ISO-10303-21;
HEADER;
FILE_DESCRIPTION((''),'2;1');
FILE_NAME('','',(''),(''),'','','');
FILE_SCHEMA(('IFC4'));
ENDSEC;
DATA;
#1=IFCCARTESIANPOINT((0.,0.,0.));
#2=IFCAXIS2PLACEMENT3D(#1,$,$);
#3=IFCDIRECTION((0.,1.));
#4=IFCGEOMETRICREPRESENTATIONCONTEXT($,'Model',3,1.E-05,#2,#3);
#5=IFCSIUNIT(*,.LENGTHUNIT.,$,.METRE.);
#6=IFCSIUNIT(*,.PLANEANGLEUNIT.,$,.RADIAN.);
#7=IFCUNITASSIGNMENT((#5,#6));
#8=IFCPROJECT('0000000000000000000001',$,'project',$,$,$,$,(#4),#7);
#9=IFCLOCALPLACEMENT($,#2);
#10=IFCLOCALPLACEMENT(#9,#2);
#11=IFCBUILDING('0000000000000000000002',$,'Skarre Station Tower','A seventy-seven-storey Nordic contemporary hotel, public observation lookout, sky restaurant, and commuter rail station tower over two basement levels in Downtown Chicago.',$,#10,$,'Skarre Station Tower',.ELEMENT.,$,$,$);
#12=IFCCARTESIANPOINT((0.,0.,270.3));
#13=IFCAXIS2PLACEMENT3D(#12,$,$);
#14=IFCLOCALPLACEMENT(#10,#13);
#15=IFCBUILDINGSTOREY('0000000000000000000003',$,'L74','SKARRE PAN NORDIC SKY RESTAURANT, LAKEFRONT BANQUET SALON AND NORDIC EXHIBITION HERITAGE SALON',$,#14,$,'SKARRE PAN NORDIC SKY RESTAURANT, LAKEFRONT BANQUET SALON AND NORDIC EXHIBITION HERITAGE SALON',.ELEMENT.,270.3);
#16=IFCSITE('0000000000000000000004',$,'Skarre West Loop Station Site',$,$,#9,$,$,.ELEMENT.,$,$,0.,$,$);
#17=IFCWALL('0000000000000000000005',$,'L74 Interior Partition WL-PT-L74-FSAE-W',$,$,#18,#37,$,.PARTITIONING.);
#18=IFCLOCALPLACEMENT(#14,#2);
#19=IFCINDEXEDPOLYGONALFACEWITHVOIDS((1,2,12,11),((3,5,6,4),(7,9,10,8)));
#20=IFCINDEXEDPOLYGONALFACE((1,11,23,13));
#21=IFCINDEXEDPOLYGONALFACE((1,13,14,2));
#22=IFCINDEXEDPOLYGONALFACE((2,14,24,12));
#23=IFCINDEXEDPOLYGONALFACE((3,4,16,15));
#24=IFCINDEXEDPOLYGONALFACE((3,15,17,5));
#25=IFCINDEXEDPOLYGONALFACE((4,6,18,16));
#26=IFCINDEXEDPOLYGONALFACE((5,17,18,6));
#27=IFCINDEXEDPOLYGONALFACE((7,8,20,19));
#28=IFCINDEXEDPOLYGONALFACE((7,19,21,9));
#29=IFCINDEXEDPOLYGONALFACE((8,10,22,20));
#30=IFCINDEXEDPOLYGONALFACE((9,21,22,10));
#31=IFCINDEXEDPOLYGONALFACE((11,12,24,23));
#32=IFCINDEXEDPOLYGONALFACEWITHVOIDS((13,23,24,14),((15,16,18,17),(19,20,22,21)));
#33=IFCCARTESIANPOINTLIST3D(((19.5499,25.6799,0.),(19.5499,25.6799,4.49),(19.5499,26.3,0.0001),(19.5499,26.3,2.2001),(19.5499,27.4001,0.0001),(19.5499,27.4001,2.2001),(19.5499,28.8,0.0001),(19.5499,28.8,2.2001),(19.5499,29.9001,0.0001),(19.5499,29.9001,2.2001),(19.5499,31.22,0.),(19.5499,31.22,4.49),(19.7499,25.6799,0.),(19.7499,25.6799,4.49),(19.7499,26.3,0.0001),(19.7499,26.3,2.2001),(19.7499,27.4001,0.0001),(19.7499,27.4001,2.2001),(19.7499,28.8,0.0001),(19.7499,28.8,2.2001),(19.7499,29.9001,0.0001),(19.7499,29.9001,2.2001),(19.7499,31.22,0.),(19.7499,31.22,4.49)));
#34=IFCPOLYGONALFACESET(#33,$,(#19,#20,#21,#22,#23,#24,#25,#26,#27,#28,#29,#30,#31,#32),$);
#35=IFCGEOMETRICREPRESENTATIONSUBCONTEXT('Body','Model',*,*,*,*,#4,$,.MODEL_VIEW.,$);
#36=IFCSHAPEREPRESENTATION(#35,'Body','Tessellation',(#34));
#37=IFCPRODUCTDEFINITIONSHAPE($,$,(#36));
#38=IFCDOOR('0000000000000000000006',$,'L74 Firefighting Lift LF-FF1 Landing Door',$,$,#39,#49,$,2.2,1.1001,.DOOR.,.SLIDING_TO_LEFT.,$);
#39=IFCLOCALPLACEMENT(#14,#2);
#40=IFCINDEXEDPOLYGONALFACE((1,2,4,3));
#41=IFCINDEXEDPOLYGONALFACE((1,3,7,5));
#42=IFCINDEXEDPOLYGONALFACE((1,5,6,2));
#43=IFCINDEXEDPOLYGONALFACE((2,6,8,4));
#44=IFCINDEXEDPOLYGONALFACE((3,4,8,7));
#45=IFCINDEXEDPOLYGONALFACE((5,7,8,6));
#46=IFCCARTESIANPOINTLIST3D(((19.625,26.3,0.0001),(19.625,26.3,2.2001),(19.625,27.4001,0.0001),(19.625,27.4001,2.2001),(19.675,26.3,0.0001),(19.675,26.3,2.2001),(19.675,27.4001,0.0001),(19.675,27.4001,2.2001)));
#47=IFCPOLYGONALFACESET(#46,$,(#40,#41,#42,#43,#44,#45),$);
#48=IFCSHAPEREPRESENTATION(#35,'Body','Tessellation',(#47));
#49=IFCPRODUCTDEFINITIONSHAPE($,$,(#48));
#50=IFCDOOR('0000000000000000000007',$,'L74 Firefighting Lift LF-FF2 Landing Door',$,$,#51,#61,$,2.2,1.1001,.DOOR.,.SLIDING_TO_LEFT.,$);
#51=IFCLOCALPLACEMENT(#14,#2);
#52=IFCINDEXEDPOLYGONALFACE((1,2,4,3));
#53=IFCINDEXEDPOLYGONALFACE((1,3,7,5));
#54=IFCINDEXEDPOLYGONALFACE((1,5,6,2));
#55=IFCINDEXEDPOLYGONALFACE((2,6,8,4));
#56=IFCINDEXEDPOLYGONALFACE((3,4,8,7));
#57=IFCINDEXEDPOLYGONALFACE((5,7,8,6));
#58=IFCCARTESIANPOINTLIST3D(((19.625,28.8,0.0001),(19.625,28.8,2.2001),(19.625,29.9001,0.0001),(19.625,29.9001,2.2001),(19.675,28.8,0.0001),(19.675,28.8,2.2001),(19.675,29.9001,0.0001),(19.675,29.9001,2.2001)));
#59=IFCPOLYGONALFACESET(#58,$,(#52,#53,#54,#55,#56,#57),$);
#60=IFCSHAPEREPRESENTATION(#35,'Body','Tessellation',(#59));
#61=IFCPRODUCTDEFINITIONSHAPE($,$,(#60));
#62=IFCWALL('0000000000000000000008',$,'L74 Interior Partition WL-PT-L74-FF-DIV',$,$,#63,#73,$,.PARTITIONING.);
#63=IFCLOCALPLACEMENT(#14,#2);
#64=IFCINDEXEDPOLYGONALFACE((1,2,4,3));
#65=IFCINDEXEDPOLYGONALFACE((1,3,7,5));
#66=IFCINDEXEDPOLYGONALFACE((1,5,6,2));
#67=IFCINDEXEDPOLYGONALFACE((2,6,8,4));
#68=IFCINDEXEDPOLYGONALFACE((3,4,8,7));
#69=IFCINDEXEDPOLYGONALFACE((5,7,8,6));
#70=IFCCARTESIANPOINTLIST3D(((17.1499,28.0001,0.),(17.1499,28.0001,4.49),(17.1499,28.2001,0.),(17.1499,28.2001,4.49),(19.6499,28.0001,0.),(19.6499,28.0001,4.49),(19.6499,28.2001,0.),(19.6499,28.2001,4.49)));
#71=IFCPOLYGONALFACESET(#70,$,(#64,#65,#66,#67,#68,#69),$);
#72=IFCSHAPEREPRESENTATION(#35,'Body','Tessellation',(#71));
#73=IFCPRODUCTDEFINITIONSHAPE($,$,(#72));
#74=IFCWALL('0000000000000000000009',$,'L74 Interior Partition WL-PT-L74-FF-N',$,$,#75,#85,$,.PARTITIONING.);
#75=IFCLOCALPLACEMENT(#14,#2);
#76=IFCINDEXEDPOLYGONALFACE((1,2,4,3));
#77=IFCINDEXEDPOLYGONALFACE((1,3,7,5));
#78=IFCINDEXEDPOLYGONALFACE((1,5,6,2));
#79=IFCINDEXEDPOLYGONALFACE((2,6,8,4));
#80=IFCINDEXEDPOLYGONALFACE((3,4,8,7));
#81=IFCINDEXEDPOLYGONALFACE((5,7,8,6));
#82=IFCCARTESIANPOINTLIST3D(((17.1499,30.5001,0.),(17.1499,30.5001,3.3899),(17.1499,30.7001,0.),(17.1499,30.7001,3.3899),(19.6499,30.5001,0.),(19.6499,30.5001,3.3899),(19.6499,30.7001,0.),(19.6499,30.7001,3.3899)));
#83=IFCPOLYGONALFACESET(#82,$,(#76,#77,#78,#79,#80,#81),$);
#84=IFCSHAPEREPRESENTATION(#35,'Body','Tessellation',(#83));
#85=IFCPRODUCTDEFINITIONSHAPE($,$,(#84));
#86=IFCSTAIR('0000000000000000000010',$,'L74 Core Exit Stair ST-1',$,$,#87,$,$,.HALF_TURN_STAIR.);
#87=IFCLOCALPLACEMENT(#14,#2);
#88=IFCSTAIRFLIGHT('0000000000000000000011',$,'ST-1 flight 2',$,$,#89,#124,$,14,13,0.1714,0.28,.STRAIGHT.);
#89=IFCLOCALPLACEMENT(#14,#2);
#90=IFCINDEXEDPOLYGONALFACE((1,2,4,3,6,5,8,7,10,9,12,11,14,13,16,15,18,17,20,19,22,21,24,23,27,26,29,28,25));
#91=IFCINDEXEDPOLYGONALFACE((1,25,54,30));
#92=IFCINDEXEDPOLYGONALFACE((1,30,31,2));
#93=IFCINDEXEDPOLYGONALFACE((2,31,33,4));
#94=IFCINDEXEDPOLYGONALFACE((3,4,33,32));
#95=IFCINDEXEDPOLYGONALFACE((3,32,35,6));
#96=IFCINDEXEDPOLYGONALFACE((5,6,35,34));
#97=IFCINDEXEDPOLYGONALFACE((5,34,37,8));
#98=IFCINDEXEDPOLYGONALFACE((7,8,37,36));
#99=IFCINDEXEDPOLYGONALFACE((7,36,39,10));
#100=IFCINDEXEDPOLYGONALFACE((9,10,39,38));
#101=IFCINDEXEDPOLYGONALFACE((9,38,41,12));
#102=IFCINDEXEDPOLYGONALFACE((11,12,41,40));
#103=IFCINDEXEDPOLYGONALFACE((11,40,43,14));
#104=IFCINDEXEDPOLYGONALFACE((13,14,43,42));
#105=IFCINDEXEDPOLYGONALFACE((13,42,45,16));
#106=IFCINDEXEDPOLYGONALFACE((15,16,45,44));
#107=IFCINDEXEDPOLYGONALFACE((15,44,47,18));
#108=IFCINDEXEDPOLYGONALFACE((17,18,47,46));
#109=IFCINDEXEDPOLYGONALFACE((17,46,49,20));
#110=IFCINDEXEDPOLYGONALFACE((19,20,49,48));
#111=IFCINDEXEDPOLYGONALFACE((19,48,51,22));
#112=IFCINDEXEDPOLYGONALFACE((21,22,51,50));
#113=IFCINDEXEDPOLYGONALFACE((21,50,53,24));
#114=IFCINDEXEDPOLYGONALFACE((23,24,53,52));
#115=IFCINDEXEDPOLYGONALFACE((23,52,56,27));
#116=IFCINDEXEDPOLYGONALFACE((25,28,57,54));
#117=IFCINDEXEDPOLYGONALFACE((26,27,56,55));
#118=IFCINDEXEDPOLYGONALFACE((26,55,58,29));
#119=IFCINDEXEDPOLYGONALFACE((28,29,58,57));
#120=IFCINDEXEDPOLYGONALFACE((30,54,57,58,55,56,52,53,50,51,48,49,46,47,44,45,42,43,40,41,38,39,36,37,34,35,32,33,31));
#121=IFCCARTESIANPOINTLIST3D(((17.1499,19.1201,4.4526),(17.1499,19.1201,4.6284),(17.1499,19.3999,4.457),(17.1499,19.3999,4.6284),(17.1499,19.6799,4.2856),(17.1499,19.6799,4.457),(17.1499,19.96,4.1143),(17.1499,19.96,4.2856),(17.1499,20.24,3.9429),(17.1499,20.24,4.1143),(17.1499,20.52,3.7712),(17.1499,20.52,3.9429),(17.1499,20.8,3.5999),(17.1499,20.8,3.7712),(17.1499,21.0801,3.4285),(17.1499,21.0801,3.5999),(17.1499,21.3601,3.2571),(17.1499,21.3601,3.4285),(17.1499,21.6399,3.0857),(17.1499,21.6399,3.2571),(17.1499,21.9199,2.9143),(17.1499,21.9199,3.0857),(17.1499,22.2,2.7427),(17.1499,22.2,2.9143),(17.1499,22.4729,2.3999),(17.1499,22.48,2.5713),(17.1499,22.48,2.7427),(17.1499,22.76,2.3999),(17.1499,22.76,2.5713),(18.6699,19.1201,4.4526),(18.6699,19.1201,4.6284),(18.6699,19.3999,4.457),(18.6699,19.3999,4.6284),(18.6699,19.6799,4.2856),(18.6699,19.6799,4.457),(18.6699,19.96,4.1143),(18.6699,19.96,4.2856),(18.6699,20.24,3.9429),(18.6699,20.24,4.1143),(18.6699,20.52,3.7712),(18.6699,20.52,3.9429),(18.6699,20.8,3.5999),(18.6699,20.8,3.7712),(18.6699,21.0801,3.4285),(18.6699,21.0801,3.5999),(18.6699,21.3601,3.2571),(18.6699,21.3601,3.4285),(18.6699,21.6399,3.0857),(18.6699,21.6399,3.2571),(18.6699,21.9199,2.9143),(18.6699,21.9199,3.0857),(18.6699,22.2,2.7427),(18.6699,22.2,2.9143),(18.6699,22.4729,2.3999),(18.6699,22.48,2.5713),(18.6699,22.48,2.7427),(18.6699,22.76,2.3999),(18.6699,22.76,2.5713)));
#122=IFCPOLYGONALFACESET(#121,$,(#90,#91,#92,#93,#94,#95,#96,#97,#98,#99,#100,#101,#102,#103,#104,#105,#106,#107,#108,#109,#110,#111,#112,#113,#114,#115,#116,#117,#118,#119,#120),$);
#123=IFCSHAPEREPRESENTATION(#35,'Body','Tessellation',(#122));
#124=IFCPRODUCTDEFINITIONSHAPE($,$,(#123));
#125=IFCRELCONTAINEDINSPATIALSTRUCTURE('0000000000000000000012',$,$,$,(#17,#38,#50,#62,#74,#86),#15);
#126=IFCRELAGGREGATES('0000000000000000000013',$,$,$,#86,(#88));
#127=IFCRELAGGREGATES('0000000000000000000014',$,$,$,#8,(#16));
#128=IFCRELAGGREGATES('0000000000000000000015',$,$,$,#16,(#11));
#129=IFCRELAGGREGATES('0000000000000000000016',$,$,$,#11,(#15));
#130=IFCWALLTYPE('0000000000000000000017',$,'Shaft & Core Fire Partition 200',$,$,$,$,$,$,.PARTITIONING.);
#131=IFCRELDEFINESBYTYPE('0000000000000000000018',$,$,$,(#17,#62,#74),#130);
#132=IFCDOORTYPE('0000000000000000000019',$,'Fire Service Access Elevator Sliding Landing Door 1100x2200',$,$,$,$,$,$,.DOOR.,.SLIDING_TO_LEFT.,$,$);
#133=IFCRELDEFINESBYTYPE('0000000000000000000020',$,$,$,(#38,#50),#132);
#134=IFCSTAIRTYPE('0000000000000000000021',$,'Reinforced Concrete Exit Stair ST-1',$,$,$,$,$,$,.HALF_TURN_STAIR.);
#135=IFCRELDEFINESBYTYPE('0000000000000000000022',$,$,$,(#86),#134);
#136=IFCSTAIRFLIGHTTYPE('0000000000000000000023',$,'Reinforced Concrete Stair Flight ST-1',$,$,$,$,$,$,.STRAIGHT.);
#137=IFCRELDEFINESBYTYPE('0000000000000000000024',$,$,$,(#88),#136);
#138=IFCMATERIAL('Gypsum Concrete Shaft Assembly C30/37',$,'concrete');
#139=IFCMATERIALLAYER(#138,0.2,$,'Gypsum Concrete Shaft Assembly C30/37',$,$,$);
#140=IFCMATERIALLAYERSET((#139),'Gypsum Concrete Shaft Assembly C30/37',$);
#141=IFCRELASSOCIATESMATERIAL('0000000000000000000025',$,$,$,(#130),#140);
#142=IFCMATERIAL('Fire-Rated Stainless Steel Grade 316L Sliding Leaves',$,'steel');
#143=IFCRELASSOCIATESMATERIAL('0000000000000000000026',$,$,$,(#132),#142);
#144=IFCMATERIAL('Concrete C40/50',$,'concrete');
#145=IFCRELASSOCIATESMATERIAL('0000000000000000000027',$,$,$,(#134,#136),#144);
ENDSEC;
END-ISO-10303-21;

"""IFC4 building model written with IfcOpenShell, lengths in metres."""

from ifc_helpers import new_model, si_unit, direction, frame, frame_2d, origin, place, context, subcontext, project, spatial, polyline, rectangle, outline, extrude, material, layer, layer_set, type_object, element, fill, aggregate, save


model = new_model("IFC4")

# Units and contexts
model_context = context("Model", 3, precision=1e-05, world=origin(), true_north=direction((0.0, 1.0)))
body_context = subcontext(model_context, "Body", "Model", "MODEL_VIEW")
ifc_project = project(units=[si_unit("LENGTHUNIT", "METRE"), si_unit("PLANEANGLEUNIT", "RADIAN")], contexts=[model_context])

# Site, building, storey
site_placement = place(None, origin())
site = spatial("IfcSite", under=ifc_project, at=site_placement, Name="Skarre West Loop Station Site", CompositionType="ELEMENT", RefElevation=0.0)
building_placement = place(site_placement, origin())
building = spatial("IfcBuilding", under=site, at=building_placement, Name="Skarre Station Tower", Description="A seventy-seven-storey Nordic contemporary hotel, public observation lookout, sky restaurant, and commuter rail station tower over two basement levels in Downtown Chicago.", LongName="Skarre Station Tower", CompositionType="ELEMENT")
storey_placement = place(building_placement, frame((0.0, 0.0, 270.3)))
storey = spatial("IfcBuildingStorey", under=building, at=storey_placement, Name="L74", Description="SKARRE PAN NORDIC SKY RESTAURANT, LAKEFRONT BANQUET SALON AND NORDIC EXHIBITION HERITAGE SALON", LongName="SKARRE PAN NORDIC SKY RESTAURANT, LAKEFRONT BANQUET SALON AND NORDIC EXHIBITION HERITAGE SALON", CompositionType="ELEMENT", Elevation=270.3)

# Wall, openings, doors
ifc_material_1 = material(Name="Gypsum Concrete Shaft Assembly C30/37", Category="concrete")
ifc_layer_1 = layer(ifc_material_1, 0.2, Name="Gypsum Concrete Shaft Assembly C30/37")
ifc_layer_set_1 = layer_set([ifc_layer_1], Name="Gypsum Concrete Shaft Assembly C30/37")
wall_type_1 = type_object("IfcWallType", Name="Shaft & Core Fire Partition 200", PredefinedType="PARTITIONING", material=ifc_layer_set_1)
wall_1_placement = place(storey_placement, frame((19.6499, 25.6799, 0.0), z_axis=(0.0, 0.0, 1.0), x_axis=(0.0, 1.0, 0.0)))
wall_1 = element("IfcWall", 1, at=wall_1_placement, inside=storey, type_object=wall_type_1, Name="L74 Interior Partition WL-PT-L74-FSAE-W", PredefinedType="PARTITIONING", context=body_context, shape_type="SweptSolid", body=[
    extrude(rectangle(XDim=5.54, YDim=0.2, at=frame_2d((2.77, 0.0))), origin(), (0.0, 0.0, 1.0), 4.49),
])
opening_1_placement = place(wall_1_placement, frame((0.6201, 0.0, 0.0)))
opening_1 = element("IfcOpeningElement", 2, at=opening_1_placement, cuts=wall_1, PredefinedType="OPENING", context=body_context, shape_type="SweptSolid", body=[
    extrude(rectangle(XDim=1.1001, YDim=2.2, at=frame_2d((0.55, 1.1001))), frame((0.0, 0.1099, 0.0), z_axis=(0.0, -1.0, 0.0), x_axis=(1.0, 0.0, 0.0)), (0.0, 0.0, 1.0), 0.22),
])
opening_2_placement = place(wall_1_placement, frame((3.1201, 0.0, 0.0)))
opening_2 = element("IfcOpeningElement", 3, at=opening_2_placement, cuts=wall_1, PredefinedType="OPENING", context=body_context, shape_type="SweptSolid", body=[
    extrude(rectangle(XDim=1.1001, YDim=2.2, at=frame_2d((0.55, 1.1001))), frame((0.0, 0.1099, 0.0), z_axis=(0.0, -1.0, 0.0), x_axis=(1.0, 0.0, 0.0)), (0.0, 0.0, 1.0), 0.22),
])
ifc_material_2 = material(Name="Fire-Rated Stainless Steel Grade 316L Sliding Leaves", Category="steel")
door_type = type_object("IfcDoorType", Name="Fire Service Access Elevator Sliding Landing Door 1100x2200", OperationType="SLIDING_TO_LEFT", PredefinedType="DOOR", material=ifc_material_2)
door_1_placement = place(opening_1_placement, origin())
door_1 = element("IfcDoor", 4, at=door_1_placement, inside=storey, type_object=door_type, Name="L74 Firefighting Lift LF-FF1 Landing Door", OperationType="SLIDING_TO_LEFT", OverallHeight=2.2, OverallWidth=1.1001, PredefinedType="DOOR", context=body_context, shape_type="SweptSolid", body=[
    extrude(rectangle(XDim=1.1001, YDim=2.2, at=frame_2d((0.55, 1.1001))), frame((0.0, 0.0249, 0.0), z_axis=(0.0, -1.0, 0.0), x_axis=(1.0, 0.0, 0.0)), (0.0, 0.0, 1.0), 0.05),
])
fill(opening_1, door_1)
door_2_placement = place(opening_2_placement, origin())
door_2 = element("IfcDoor", 5, at=door_2_placement, inside=storey, type_object=door_type, Name="L74 Firefighting Lift LF-FF2 Landing Door", OperationType="SLIDING_TO_LEFT", OverallHeight=2.2, OverallWidth=1.1001, PredefinedType="DOOR", context=body_context, shape_type="SweptSolid", body=[
    extrude(rectangle(XDim=1.1001, YDim=2.2, at=frame_2d((0.55, 1.1001))), frame((0.0, 0.0249, 0.0), z_axis=(0.0, -1.0, 0.0), x_axis=(1.0, 0.0, 0.0)), (0.0, 0.0, 1.0), 0.05),
])
fill(opening_2, door_2)

# Walls
wall_2_placement = place(storey_placement, frame((17.1499, 28.1001, 0.0), z_axis=(0.0, 0.0, 1.0), x_axis=(1.0, 0.0, 0.0)))
element("IfcWall", 6, at=wall_2_placement, inside=storey, type_object=wall_type_1, Name="L74 Interior Partition WL-PT-L74-FF-DIV", PredefinedType="PARTITIONING", context=body_context, shape_type="SweptSolid", body=[
    extrude(rectangle(XDim=2.5, YDim=0.2, at=frame_2d((1.25, 0.0))), origin(), (0.0, 0.0, 1.0), 4.49),
])
wall_3_placement = place(storey_placement, frame((19.6499, 30.6001, 0.0), z_axis=(0.0, 0.0, 1.0), x_axis=(-1.0, 0.0, 0.0)))
element("IfcWall", 7, at=wall_3_placement, inside=storey, type_object=wall_type_1, Name="L74 Interior Partition WL-PT-L74-FF-N", PredefinedType="PARTITIONING", context=body_context, shape_type="SweptSolid", body=[
    extrude(rectangle(XDim=2.5, YDim=0.2, at=frame_2d((1.25, 0.0))), origin(), (0.0, 0.0, 1.0), 3.3899),
])

# Stair, stair flight
ifc_material_3 = material(Name="Concrete C40/50", Category="concrete")
stair_type = type_object("IfcStairType", Name="Reinforced Concrete Exit Stair ST-1", PredefinedType="HALF_TURN_STAIR", material=ifc_material_3)
stair_placement = place(storey_placement, origin())
stair = element("IfcStair", 8, at=stair_placement, inside=storey, type_object=stair_type, Name="L74 Core Exit Stair ST-1", PredefinedType="HALF_TURN_STAIR")
stair_flight_type = type_object("IfcStairFlightType", Name="Reinforced Concrete Stair Flight ST-1", PredefinedType="STRAIGHT", material=ifc_material_3)
stair_flight_placement = place(storey_placement, frame((17.9099, 22.76, 2.3999), z_axis=(0.0, 0.0, 1.0), x_axis=(0.0, -1.0, 0.0)))
stair_flight = element("IfcStairFlight", 9, at=stair_flight_placement, type_object=stair_flight_type, Name="ST-1 flight 2", NumberOfRisers=14, NumberOfTreads=13, PredefinedType="STRAIGHT", RiserHeight=0.1714, TreadLength=0.28, context=body_context, shape_type="SweptSolid", body=[
    extrude(outline(polyline([(0.0, 0.0), (0.0, 0.1714), (0.28, 0.1714), (0.28, 0.3428), (0.5601, 0.3428), (0.5601, 0.5144), (0.8401, 0.5144), (0.8401, 0.6858), (1.1201, 0.6858), (1.1201, 0.8572), (1.3999, 0.8572), (1.3999, 1.0286), (1.6799, 1.0286), (1.6799, 1.2), (1.96, 1.2), (1.96, 1.3713), (2.24, 1.3713), (2.24, 1.543), (2.52, 1.543), (2.52, 1.7144), (2.8, 1.7144), (2.8, 1.8857), (3.0801, 1.8857), (3.0801, 2.0571), (3.3601, 2.0571), (3.3601, 2.2285), (3.6399, 2.2285), (3.6399, 2.3999), (3.6399, 2.0527), (0.2871, 0.0), (0.0, 0.0)])), frame((0.0, 0.76, 0.0), z_axis=(0.0, -1.0, 0.0), x_axis=(1.0, 0.0, 0.0)), (0.0, 0.0, 1.0), 1.52),
])
aggregate(stair, [stair_flight])

save(model, "model.ifc")
